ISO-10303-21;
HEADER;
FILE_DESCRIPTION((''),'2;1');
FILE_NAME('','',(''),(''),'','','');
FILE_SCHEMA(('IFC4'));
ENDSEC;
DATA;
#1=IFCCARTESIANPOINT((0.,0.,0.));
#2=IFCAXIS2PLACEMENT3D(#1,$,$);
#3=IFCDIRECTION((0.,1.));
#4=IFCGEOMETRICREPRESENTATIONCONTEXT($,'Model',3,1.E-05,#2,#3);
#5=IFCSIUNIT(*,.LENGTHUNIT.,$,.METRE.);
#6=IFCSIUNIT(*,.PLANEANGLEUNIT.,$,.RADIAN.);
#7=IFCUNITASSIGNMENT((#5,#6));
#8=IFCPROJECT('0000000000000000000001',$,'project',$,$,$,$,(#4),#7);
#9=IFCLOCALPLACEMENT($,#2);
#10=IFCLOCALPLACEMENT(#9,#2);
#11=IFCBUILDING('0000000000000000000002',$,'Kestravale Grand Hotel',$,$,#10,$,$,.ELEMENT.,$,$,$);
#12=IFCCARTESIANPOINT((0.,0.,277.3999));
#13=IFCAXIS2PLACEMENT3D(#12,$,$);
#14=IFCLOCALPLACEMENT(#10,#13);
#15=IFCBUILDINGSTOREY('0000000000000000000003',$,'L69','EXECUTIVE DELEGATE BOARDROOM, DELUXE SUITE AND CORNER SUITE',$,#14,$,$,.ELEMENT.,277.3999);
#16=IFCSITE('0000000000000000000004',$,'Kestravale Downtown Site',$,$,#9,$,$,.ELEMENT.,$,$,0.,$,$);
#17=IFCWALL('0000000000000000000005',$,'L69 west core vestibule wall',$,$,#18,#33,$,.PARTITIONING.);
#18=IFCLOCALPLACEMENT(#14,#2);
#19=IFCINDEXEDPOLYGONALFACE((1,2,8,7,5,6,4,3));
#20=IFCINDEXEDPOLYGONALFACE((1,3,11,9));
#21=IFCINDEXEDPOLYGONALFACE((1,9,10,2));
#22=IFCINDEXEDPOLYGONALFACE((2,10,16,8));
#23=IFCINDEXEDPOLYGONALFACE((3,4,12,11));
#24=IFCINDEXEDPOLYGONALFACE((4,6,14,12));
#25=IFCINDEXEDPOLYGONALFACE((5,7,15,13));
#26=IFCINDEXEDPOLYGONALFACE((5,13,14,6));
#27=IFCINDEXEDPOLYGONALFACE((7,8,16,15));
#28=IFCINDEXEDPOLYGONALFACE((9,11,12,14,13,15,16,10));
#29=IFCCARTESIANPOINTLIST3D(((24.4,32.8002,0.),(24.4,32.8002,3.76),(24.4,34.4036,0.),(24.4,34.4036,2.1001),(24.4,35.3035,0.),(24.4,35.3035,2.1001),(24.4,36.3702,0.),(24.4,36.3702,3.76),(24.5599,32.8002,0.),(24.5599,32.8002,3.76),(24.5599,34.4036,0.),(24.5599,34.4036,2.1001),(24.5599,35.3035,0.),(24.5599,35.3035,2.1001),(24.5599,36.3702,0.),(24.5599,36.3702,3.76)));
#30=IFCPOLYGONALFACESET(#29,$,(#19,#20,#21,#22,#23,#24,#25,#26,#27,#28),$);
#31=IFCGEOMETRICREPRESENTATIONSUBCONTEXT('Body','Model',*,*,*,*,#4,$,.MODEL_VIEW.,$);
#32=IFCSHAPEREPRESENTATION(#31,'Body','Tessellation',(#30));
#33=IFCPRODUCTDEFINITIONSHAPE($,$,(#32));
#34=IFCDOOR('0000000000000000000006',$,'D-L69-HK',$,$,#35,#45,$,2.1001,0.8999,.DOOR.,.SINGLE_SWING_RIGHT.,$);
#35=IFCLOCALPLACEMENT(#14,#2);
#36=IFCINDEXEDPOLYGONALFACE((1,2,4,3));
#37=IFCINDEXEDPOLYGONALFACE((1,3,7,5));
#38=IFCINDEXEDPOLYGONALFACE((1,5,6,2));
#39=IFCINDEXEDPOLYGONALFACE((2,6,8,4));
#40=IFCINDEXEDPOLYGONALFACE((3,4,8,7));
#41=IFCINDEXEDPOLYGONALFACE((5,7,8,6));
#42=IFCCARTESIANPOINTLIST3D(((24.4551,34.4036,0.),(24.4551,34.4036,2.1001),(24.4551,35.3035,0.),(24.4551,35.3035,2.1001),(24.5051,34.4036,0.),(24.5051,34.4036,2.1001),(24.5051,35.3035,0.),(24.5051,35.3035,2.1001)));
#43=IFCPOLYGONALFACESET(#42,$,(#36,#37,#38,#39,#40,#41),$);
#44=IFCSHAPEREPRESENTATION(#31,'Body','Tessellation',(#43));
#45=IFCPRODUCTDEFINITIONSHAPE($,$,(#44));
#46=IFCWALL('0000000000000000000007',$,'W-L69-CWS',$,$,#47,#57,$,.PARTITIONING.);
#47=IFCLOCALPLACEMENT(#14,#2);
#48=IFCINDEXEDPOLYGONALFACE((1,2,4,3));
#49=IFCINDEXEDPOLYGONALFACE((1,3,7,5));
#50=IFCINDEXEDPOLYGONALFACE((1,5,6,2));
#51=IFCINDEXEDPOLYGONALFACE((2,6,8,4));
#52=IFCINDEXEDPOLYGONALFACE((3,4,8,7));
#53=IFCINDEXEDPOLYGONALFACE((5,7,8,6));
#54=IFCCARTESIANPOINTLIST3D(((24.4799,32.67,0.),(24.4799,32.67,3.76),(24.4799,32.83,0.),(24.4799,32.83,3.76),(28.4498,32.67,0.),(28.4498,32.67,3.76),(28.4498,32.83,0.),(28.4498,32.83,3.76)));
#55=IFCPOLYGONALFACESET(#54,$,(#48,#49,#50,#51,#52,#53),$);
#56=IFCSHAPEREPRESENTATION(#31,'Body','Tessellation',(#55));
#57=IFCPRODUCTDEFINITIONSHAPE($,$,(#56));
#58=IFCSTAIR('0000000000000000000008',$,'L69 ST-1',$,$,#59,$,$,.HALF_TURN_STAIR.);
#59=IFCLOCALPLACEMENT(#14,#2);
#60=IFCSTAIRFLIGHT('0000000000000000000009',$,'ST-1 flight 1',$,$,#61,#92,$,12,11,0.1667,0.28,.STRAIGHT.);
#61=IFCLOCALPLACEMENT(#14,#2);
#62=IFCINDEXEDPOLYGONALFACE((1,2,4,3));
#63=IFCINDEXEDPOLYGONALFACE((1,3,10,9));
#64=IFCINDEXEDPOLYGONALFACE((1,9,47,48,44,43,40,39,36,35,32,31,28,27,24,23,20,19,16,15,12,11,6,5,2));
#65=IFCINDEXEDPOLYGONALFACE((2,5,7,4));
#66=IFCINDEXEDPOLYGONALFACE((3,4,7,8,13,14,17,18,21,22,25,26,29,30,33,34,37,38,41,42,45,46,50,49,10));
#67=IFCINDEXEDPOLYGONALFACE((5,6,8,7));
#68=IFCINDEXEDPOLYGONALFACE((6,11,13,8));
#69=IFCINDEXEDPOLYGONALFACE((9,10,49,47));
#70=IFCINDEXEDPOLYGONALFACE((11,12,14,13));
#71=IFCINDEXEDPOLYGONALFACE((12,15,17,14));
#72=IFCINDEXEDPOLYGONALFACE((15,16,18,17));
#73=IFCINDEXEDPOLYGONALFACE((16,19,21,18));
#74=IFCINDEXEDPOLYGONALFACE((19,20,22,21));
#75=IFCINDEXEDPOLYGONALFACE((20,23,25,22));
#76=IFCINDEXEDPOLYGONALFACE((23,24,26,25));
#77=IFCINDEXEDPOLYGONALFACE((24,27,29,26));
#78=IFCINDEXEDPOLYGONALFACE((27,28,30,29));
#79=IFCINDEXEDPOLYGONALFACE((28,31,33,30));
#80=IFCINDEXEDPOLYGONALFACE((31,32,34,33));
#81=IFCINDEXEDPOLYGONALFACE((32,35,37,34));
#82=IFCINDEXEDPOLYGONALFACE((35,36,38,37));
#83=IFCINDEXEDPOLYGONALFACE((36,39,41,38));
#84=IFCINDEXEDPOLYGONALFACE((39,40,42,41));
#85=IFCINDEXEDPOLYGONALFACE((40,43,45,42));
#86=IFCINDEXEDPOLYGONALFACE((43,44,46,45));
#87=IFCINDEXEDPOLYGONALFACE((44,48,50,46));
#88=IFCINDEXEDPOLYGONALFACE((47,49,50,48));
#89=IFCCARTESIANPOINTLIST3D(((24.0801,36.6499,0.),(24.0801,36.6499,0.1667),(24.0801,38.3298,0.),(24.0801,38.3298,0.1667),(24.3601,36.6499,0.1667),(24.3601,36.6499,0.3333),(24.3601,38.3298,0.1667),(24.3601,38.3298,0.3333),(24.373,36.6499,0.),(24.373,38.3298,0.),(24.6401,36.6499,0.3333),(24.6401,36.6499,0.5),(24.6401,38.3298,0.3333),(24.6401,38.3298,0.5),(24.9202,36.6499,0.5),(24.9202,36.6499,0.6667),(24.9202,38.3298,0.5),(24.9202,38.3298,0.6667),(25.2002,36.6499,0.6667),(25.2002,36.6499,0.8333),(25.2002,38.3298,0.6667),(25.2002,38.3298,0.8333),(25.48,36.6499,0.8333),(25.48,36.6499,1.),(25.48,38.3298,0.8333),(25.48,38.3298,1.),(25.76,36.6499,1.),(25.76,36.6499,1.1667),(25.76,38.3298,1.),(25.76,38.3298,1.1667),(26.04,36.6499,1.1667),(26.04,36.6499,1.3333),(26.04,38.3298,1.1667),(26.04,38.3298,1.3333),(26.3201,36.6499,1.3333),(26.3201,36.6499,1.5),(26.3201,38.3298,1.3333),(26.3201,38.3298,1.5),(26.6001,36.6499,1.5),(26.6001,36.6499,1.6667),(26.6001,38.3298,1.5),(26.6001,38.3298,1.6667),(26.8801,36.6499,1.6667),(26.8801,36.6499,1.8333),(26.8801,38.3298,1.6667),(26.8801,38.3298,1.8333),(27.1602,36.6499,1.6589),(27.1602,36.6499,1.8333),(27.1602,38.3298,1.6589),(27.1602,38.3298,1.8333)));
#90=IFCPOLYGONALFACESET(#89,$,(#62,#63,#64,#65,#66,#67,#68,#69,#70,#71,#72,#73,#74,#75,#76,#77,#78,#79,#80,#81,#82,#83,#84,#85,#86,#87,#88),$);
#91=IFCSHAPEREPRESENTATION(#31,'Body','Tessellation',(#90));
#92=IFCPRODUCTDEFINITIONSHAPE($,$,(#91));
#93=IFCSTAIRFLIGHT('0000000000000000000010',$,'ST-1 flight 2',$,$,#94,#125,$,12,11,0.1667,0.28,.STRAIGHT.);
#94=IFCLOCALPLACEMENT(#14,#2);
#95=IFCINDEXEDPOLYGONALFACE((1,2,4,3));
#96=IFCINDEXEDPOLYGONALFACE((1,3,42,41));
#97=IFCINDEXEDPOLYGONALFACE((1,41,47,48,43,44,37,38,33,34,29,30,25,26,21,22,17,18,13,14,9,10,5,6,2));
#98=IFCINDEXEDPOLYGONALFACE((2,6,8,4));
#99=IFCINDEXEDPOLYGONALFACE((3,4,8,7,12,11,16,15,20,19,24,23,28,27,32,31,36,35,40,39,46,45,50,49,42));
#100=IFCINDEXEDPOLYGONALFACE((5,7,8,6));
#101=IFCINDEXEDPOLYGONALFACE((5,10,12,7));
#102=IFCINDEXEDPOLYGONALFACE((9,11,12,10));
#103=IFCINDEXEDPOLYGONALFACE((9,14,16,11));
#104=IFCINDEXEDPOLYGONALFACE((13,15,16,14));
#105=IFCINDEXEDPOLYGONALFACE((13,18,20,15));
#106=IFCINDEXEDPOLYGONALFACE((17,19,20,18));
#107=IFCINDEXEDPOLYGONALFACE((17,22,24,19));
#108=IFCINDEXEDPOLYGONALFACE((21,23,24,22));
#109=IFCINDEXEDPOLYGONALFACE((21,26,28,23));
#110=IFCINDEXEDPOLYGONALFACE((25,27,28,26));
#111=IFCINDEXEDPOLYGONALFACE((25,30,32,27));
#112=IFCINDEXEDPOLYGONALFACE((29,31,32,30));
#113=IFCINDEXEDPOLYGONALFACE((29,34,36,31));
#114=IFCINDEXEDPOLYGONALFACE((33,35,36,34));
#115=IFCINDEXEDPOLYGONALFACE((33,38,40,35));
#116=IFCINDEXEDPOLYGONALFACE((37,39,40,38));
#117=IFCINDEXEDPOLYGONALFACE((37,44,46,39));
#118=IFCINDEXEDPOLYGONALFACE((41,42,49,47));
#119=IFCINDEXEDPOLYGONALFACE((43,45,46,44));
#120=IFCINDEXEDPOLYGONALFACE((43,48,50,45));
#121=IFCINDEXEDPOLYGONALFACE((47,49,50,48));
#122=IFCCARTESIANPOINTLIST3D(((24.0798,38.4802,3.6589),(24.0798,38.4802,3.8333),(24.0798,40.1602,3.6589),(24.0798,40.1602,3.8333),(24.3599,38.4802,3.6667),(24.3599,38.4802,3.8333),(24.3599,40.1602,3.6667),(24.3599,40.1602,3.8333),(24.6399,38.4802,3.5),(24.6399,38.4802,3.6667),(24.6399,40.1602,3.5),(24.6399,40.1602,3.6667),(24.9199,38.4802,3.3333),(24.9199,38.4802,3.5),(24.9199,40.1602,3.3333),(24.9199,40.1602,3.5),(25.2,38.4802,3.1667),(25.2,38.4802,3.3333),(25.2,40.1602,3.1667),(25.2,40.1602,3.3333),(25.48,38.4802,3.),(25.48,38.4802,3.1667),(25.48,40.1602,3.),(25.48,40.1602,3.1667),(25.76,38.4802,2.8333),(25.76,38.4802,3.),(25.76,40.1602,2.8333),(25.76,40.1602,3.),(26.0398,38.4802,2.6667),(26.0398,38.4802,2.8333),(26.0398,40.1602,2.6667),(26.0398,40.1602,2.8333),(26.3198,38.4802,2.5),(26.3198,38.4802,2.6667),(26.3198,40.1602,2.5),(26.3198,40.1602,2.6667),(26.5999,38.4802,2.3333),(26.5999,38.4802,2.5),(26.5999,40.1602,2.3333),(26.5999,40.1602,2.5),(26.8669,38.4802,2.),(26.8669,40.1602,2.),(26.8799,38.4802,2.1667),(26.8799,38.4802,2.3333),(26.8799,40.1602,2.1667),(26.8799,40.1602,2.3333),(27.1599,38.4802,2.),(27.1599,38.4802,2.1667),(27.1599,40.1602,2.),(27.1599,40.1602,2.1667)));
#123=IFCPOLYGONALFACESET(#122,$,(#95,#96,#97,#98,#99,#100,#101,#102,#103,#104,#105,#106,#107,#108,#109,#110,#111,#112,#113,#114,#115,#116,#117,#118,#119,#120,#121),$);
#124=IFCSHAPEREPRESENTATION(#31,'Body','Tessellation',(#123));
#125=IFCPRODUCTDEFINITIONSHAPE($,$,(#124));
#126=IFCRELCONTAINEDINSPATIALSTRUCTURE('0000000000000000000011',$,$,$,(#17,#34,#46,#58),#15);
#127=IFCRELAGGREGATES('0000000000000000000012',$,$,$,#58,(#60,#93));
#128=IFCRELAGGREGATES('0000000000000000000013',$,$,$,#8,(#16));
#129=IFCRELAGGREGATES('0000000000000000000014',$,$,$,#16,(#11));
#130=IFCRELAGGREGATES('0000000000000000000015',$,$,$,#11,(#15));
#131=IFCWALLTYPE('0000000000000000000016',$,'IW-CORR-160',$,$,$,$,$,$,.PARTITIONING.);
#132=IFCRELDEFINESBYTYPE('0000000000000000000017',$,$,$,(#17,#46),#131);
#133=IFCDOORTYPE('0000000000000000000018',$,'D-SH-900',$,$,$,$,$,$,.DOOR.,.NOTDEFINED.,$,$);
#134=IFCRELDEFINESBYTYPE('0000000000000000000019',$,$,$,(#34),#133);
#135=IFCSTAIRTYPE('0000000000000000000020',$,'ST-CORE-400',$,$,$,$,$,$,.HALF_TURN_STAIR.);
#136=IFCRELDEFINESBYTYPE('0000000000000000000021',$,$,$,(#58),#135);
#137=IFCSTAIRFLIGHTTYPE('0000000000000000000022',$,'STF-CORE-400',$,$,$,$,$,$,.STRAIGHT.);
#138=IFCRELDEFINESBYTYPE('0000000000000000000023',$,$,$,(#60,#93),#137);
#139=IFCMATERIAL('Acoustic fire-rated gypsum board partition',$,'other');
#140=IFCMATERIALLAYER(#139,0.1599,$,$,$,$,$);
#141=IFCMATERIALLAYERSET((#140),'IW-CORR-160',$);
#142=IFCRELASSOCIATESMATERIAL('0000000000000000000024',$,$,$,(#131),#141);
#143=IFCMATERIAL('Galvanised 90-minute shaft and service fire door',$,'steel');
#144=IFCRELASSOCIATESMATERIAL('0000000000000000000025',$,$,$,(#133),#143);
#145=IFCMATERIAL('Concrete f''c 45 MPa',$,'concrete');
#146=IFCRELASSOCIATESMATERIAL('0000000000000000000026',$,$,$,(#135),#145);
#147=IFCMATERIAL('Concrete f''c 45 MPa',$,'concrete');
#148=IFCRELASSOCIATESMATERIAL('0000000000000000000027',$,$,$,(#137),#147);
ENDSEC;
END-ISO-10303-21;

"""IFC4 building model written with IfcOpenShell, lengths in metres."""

from ifc_helpers import new_model, si_unit, direction, frame, frame_2d, origin, place, context, subcontext, project, spatial, polyline, rectangle, outline, extrude, material, layer, layer_set, type_object, element, fill, aggregate, save


model = new_model("IFC4")

# Units and contexts
model_context = context("Model", 3, precision=1e-05, world=origin(), true_north=direction((0.0, 1.0)))
body_context = subcontext(model_context, "Body", "Model", "MODEL_VIEW")
ifc_project = project(units=[si_unit("LENGTHUNIT", "METRE"), si_unit("PLANEANGLEUNIT", "RADIAN")], contexts=[model_context])

# Site, building, storey
site_placement = place(None, origin())
site = spatial("IfcSite", under=ifc_project, at=site_placement, Name="Kestravale Downtown Site", CompositionType="ELEMENT", RefElevation=0.0)
building_placement = place(site_placement, origin())
building = spatial("IfcBuilding", under=site, at=building_placement, Name="Kestravale Grand Hotel", CompositionType="ELEMENT")
storey_placement = place(building_placement, frame((0.0, 0.0, 277.3999)))
storey = spatial("IfcBuildingStorey", under=building, at=storey_placement, Name="L69", Description="EXECUTIVE DELEGATE BOARDROOM, DELUXE SUITE AND CORNER SUITE", CompositionType="ELEMENT", Elevation=277.3999)

# Wall, opening, door
ifc_material_1 = material(Name="Acoustic fire-rated gypsum board partition", Category="other")
ifc_layer = layer(ifc_material_1, 0.1599)
ifc_layer_set = layer_set([ifc_layer], Name="IW-CORR-160")
wall_type = type_object("IfcWallType", Name="IW-CORR-160", PredefinedType="PARTITIONING", material=ifc_layer_set)
wall_1_placement = place(storey_placement, frame((24.48, 32.8, 0.0), z_axis=(0.0, 0.0, 1.0), x_axis=(0.0, 1.0, 0.0)))
wall_1 = element("IfcWall", 1, at=wall_1_placement, inside=storey, type_object=wall_type, Name="L69 west core vestibule wall", PredefinedType="PARTITIONING", context=body_context, shape_type="SweptSolid", body=[
    extrude(rectangle(XDim=3.5701, YDim=0.1599, at=frame_2d((1.7852, 0.0))), origin(), (0.0, 0.0, 1.0), 3.76),
])
opening_placement = place(wall_1_placement, frame((1.6035, 0.0, 0.0)))
opening = element("IfcOpeningElement", 2, at=opening_placement, cuts=wall_1, PredefinedType="OPENING", context=body_context, shape_type="SweptSolid", body=[
    extrude(rectangle(XDim=0.8999, YDim=2.1001, at=frame_2d((0.45, 1.05))), frame((0.0, 0.0898, 0.0), z_axis=(0.0, -1.0, 0.0), x_axis=(1.0, 0.0, 0.0)), (0.0, 0.0, 1.0), 0.1799),
])
ifc_material_2 = material(Name="Galvanised 90-minute shaft and service fire door", Category="steel")
door_type = type_object("IfcDoorType", Name="D-SH-900", OperationType="NOTDEFINED", PredefinedType="DOOR", material=ifc_material_2)
door_placement = place(opening_placement, origin())
door = element("IfcDoor", 3, at=door_placement, inside=storey, type_object=door_type, Name="D-L69-HK", OperationType="SINGLE_SWING_RIGHT", OverallHeight=2.1001, OverallWidth=0.8999, PredefinedType="DOOR", context=body_context, shape_type="SweptSolid", body=[
    extrude(rectangle(XDim=0.8999, YDim=2.1001, at=frame_2d((0.45, 1.05))), frame((0.0, 0.0249, 0.0), z_axis=(0.0, -1.0, 0.0), x_axis=(1.0, 0.0, 0.0)), (0.0, 0.0, 1.0), 0.05),
])
fill(opening, door)

# Wall
wall_2_placement = place(storey_placement, frame((24.48, 32.75, 0.0), z_axis=(0.0, 0.0, 1.0), x_axis=(1.0, 0.0, 0.0)))
element("IfcWall", 4, at=wall_2_placement, inside=storey, type_object=wall_type, Name="W-L69-CWS", PredefinedType="PARTITIONING", context=body_context, shape_type="SweptSolid", body=[
    extrude(rectangle(XDim=3.97, YDim=0.1599, at=frame_2d((1.9849, 0.0))), origin(), (0.0, 0.0, 1.0), 3.76),
])

# Stair, stair flights
ifc_material_3 = material(Name="Concrete f'c 45 MPa", Category="concrete")
stair_type = type_object("IfcStairType", Name="ST-CORE-400", PredefinedType="HALF_TURN_STAIR", material=ifc_material_3)
stair_placement = place(storey_placement, origin())
stair = element("IfcStair", 5, at=stair_placement, inside=storey, type_object=stair_type, Name="L69 ST-1", PredefinedType="HALF_TURN_STAIR")
ifc_material_4 = material(Name="Concrete f'c 45 MPa", Category="concrete")
stair_flight_type = type_object("IfcStairFlightType", Name="STF-CORE-400", PredefinedType="STRAIGHT", material=ifc_material_4)
stair_flight_1_placement = place(storey_placement, frame((24.0801, 37.49, 0.0), z_axis=(0.0, 0.0, 1.0), x_axis=(1.0, 0.0, 0.0)))
stair_flight_1 = element("IfcStairFlight", 6, at=stair_flight_1_placement, type_object=stair_flight_type, Name="ST-1 flight 1", NumberOfRisers=12, NumberOfTreads=11, PredefinedType="STRAIGHT", RiserHeight=0.1667, TreadLength=0.28, context=body_context, shape_type="SweptSolid", body=[
    extrude(outline(polyline([(0.0, 0.0), (0.0, 0.1667), (0.28, 0.1667), (0.28, 0.3333), (0.5601, 0.3333), (0.5601, 0.5), (0.8401, 0.5), (0.8401, 0.6667), (1.1201, 0.6667), (1.1201, 0.8333), (1.3999, 0.8333), (1.3999, 1.0), (1.6799, 1.0), (1.6799, 1.1667), (1.96, 1.1667), (1.96, 1.3333), (2.24, 1.3333), (2.24, 1.5), (2.52, 1.5), (2.52, 1.6667), (2.8, 1.6667), (2.8, 1.8333), (3.0801, 1.8333), (3.0801, 2.0), (3.0801, 1.6589), (0.293, 0.0), (0.0, 0.0)])), frame((0.0, 0.8398, 0.0), z_axis=(0.0, -1.0, 0.0), x_axis=(1.0, 0.0, 0.0)), (0.0, 0.0, 1.0), 1.6799),
])
stair_flight_2_placement = place(storey_placement, frame((27.1599, 39.3201, 2.0), z_axis=(0.0, 0.0, 1.0), x_axis=(-1.0, 0.0, 0.0)))
stair_flight_2 = element("IfcStairFlight", 7, at=stair_flight_2_placement, type_object=stair_flight_type, Name="ST-1 flight 2", NumberOfRisers=12, NumberOfTreads=11, PredefinedType="STRAIGHT", RiserHeight=0.1667, TreadLength=0.28, context=body_context, shape_type="SweptSolid", body=[
    extrude(outline(polyline([(0.0, 0.0), (0.0, 0.1667), (0.28, 0.1667), (0.28, 0.3333), (0.5601, 0.3333), (0.5601, 0.5), (0.8401, 0.5), (0.8401, 0.6667), (1.1201, 0.6667), (1.1201, 0.8333), (1.3999, 0.8333), (1.3999, 1.0), (1.6799, 1.0), (1.6799, 1.1667), (1.96, 1.1667), (1.96, 1.3333), (2.24, 1.3333), (2.24, 1.5), (2.52, 1.5), (2.52, 1.6667), (2.8, 1.6667), (2.8, 1.8333), (3.0801, 1.8333), (3.0801, 2.0), (3.0801, 1.6589), (0.293, 0.0), (0.0, 0.0)])), frame((0.0, 0.8398, 0.0), z_axis=(0.0, -1.0, 0.0), x_axis=(1.0, 0.0, 0.0)), (0.0, 0.0, 1.0), 1.6799),
])
aggregate(stair, [stair_flight_1, stair_flight_2])

save(model, "model.ifc")
